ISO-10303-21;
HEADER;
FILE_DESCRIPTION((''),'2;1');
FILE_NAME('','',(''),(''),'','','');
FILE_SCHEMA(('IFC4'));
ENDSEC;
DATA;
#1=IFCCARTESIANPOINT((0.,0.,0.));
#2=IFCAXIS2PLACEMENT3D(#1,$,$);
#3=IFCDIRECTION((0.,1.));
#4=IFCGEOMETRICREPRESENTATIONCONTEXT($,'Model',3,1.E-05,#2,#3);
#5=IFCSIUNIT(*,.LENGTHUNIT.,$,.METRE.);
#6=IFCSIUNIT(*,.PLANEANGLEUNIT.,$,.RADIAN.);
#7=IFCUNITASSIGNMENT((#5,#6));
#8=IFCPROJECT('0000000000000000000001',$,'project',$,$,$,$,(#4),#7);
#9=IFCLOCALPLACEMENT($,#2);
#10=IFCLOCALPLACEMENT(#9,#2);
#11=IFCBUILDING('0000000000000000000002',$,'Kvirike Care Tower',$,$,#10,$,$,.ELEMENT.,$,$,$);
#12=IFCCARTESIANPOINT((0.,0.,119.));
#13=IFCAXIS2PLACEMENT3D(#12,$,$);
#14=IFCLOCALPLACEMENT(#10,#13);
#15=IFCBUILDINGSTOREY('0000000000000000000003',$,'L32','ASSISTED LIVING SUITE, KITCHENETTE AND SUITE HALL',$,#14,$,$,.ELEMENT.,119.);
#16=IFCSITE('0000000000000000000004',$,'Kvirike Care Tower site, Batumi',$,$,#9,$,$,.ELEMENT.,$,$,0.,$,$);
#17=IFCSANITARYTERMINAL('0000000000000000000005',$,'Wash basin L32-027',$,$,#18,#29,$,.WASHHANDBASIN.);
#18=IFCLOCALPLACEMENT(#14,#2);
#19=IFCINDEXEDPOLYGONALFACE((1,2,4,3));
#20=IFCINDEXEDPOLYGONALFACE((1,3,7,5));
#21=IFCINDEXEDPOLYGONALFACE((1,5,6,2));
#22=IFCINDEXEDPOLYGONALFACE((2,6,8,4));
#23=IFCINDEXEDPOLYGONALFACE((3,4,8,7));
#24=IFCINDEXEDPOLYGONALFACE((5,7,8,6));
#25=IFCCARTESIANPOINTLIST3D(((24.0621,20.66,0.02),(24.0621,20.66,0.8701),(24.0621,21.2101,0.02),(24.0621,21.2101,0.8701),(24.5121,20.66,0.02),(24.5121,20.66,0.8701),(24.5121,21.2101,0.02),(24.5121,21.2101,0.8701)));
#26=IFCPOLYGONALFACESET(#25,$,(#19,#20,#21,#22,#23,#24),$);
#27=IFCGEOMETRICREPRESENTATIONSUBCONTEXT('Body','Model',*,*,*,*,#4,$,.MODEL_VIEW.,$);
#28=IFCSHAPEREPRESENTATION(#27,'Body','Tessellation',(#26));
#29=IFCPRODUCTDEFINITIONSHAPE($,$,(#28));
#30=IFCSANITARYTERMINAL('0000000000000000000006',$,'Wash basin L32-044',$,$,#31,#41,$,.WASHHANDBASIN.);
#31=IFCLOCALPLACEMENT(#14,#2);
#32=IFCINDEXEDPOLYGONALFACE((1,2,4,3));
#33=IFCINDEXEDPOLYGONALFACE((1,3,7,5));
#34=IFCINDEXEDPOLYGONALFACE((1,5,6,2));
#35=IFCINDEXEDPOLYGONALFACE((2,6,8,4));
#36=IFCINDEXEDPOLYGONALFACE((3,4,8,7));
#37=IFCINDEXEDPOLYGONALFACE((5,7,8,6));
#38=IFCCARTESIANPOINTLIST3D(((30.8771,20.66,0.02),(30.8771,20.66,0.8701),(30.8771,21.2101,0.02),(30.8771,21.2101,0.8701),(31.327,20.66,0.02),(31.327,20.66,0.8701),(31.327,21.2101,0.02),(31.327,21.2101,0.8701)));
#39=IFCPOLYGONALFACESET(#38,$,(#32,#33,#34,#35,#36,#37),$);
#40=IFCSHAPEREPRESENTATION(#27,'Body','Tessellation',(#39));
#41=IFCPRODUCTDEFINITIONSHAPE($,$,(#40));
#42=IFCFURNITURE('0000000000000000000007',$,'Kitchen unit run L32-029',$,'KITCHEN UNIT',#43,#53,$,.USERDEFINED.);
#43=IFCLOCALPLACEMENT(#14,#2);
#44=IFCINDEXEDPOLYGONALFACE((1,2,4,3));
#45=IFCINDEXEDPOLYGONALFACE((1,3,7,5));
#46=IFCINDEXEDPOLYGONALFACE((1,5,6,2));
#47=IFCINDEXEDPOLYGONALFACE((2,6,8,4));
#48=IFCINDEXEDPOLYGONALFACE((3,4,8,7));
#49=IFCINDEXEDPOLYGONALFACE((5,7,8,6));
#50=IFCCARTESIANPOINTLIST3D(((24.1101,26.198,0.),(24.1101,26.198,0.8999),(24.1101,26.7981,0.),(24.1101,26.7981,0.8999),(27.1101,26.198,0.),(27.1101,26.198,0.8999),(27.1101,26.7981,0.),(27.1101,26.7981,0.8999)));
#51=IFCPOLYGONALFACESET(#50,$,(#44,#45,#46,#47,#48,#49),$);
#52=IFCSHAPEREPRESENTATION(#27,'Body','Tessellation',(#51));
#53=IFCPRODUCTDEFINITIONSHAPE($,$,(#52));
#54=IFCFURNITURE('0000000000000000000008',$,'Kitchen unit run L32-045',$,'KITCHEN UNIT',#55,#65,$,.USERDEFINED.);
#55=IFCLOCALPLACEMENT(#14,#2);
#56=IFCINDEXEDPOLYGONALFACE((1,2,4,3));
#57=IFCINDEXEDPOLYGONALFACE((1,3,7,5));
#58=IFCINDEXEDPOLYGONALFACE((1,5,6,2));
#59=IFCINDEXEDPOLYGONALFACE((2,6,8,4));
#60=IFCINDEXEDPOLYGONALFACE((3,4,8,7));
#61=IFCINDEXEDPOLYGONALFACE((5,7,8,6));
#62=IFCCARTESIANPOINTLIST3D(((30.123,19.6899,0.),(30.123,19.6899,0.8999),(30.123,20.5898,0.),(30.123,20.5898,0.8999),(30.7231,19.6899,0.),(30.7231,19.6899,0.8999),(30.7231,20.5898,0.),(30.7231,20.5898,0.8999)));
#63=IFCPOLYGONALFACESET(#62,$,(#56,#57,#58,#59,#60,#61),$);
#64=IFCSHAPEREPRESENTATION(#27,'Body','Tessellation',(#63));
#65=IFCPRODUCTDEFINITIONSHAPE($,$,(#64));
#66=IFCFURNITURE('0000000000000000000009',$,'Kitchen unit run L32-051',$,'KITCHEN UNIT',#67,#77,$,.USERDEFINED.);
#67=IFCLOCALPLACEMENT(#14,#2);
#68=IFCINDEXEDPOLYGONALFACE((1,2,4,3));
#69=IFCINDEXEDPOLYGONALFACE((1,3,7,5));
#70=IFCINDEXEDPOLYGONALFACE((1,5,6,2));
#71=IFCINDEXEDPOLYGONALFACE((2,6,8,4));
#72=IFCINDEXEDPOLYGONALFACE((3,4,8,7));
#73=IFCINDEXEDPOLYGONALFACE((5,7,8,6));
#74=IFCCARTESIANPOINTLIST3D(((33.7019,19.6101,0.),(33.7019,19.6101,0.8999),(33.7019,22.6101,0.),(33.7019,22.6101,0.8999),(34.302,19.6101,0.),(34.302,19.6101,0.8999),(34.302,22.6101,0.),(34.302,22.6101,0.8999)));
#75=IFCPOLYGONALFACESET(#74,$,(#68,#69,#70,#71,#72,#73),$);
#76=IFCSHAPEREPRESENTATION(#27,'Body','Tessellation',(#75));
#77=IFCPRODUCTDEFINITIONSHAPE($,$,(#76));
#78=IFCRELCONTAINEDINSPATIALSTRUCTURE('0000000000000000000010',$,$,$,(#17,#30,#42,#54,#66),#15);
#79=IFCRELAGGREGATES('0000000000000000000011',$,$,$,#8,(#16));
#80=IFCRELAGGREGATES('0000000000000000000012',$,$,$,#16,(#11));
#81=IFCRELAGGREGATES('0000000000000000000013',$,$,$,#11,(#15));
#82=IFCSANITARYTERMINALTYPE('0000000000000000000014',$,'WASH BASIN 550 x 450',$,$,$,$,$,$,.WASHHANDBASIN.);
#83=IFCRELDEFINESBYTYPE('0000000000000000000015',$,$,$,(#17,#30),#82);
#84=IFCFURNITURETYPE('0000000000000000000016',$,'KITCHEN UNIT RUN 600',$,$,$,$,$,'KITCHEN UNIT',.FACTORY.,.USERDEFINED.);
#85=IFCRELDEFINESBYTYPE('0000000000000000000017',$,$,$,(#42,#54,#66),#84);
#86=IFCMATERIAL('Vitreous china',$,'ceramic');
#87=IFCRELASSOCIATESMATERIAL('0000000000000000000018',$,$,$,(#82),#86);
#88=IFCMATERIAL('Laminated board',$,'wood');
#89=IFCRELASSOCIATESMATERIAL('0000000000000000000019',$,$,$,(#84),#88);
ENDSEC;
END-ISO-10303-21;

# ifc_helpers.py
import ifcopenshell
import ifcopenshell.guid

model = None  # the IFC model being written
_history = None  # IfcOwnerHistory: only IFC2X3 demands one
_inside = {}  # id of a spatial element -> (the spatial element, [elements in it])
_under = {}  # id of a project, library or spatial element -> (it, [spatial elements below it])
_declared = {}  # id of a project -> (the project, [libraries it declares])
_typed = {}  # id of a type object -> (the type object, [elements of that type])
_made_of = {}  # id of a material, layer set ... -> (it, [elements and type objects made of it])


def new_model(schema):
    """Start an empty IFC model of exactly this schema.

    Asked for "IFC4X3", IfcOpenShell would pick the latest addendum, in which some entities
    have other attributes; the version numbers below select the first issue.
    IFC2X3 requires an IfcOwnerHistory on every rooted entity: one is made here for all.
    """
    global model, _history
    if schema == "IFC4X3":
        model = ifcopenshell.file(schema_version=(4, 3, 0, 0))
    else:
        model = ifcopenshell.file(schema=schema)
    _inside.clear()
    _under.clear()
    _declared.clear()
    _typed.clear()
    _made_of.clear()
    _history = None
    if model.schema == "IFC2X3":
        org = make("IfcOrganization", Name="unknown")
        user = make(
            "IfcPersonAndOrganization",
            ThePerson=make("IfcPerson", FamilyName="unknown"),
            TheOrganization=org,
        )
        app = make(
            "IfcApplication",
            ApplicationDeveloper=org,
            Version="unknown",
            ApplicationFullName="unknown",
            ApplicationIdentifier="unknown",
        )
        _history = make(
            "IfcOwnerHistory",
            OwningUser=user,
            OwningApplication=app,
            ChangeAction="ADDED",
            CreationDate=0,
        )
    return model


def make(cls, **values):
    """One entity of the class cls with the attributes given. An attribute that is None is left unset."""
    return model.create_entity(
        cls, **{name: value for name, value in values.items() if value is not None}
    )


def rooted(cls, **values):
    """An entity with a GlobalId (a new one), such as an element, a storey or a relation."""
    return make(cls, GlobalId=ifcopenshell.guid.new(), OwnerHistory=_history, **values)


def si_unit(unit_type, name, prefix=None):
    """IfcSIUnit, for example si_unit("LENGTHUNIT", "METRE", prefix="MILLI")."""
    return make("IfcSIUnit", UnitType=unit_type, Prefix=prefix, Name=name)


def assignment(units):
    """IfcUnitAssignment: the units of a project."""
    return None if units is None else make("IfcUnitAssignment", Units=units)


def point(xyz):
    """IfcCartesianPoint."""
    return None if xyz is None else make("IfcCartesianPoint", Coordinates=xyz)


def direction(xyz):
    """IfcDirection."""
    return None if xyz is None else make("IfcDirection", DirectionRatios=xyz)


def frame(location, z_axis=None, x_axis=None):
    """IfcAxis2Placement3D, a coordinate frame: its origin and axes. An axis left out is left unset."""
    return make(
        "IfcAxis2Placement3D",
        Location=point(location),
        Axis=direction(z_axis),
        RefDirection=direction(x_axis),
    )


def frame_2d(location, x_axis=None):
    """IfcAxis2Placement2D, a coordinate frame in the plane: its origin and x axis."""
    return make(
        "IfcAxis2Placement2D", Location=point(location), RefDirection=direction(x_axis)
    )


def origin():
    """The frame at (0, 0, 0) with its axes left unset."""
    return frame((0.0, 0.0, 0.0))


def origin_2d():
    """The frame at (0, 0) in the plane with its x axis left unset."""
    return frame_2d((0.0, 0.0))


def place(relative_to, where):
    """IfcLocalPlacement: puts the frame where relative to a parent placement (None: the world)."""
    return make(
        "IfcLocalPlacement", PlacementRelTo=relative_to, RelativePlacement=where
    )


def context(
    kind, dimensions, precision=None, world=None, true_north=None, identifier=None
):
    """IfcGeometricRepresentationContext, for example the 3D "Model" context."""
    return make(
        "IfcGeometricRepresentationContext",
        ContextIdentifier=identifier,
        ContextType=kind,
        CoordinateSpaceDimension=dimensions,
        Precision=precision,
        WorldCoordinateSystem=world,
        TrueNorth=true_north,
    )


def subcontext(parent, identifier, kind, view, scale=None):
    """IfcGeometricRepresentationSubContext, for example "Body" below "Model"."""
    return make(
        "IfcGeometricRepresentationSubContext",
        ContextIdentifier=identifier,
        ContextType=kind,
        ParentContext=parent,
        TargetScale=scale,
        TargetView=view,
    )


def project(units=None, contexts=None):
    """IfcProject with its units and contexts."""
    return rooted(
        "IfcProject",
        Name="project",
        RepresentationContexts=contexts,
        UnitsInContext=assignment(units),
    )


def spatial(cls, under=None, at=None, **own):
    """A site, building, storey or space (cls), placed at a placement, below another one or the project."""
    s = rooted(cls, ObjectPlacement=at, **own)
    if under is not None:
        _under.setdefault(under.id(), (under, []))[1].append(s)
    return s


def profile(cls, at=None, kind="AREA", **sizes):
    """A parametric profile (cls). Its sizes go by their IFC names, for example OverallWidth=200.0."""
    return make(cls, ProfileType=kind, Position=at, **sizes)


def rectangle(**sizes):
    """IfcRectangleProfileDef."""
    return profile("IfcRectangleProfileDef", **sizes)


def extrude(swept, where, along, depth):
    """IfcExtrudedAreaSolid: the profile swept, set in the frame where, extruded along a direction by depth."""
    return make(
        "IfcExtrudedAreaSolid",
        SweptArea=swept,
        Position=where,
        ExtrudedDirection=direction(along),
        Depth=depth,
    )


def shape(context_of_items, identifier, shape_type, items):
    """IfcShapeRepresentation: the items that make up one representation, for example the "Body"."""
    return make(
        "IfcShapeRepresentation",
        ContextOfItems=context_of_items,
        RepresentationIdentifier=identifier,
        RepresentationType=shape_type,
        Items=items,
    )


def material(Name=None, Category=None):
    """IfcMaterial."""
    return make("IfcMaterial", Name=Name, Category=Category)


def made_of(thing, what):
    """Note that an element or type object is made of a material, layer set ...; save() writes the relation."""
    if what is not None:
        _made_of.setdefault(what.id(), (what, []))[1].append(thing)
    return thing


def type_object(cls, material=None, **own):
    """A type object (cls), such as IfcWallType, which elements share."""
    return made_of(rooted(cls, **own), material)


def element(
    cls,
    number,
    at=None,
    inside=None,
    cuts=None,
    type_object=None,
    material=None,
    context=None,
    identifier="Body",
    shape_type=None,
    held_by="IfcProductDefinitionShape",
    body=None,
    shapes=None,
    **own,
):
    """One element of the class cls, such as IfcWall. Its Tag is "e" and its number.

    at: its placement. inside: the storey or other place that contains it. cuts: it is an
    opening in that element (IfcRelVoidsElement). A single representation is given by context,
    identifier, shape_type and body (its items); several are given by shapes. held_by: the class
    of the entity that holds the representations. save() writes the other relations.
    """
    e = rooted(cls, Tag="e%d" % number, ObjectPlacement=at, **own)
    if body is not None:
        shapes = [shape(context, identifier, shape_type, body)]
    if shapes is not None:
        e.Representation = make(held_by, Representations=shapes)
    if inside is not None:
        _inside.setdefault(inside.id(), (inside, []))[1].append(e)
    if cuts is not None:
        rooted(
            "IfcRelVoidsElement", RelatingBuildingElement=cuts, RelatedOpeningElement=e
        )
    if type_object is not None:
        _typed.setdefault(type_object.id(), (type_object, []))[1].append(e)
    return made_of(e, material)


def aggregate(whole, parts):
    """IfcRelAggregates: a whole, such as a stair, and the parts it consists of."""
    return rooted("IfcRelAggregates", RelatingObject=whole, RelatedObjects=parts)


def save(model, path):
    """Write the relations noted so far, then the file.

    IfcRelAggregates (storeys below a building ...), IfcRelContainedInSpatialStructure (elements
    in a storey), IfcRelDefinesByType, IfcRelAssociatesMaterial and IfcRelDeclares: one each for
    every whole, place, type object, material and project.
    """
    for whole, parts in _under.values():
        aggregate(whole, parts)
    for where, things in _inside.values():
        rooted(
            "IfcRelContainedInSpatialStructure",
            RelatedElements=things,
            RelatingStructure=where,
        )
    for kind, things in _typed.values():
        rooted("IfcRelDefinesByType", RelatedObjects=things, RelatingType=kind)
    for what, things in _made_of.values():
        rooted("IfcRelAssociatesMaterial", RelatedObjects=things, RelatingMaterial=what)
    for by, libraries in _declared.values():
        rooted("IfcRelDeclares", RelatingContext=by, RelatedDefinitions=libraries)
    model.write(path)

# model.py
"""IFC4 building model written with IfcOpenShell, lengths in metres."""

from ifc_helpers import new_model, si_unit, direction, frame, origin, origin_2d, place, context, subcontext, project, spatial, rectangle, extrude, material, type_object, element, save


model = new_model("IFC4")

# Units and contexts
model_context = context("Model", 3, precision=1e-05, world=origin(), true_north=direction((0.0, 1.0)))
body_context = subcontext(model_context, "Body", "Model", "MODEL_VIEW")
ifc_project = project(units=[si_unit("LENGTHUNIT", "METRE"), si_unit("PLANEANGLEUNIT", "RADIAN")], contexts=[model_context])

# Site, building, storey
site_placement = place(None, origin())
site = spatial("IfcSite", under=ifc_project, at=site_placement, Name="Kvirike Care Tower site, Batumi", CompositionType="ELEMENT", RefElevation=0.0)
building_placement = place(site_placement, origin())
building = spatial("IfcBuilding", under=site, at=building_placement, Name="Kvirike Care Tower", CompositionType="ELEMENT")
storey_placement = place(building_placement, frame((0.0, 0.0, 119.0)))
storey = spatial("IfcBuildingStorey", under=building, at=storey_placement, Name="L32", Description="ASSISTED LIVING SUITE, KITCHENETTE AND SUITE HALL", CompositionType="ELEMENT", Elevation=119.0)

# Sanitary terminals
ifc_material_1 = material(Name="Vitreous china", Category="ceramic")
sanitary_terminal_type_1 = type_object("IfcSanitaryTerminalType", Name="WASH BASIN 550 x 450", PredefinedType="WASHHANDBASIN", material=ifc_material_1)
for number, where, z_axis, x_axis, name in (
    (1, (24.2871, 20.9351, 0.02), (0.0, 0.0, 1.0), (0.0, 1.0, 0.0), "Wash basin L32-027"),
    (2, (31.1021, 20.9351, 0.02), (0.0, 0.0, 1.0), (0.0, 1.0, 0.0), "Wash basin L32-044"),
):
    element("IfcSanitaryTerminal", number, at=place(storey_placement, frame(where, z_axis=z_axis, x_axis=x_axis)), inside=storey, type_object=sanitary_terminal_type_1, Name=name, PredefinedType="WASHHANDBASIN", context=body_context, shape_type="SweptSolid", body=[
        extrude(rectangle(XDim=0.55, YDim=0.45, at=origin_2d()), origin(), (0.0, 0.0, 1.0), 0.8501),
    ])

# Furniture
ifc_material_2 = material(Name="Laminated board", Category="wood")
furniture_type = type_object("IfcFurnitureType", Name="KITCHEN UNIT RUN 600", ElementType="KITCHEN UNIT", AssemblyPlace="FACTORY", PredefinedType="USERDEFINED", material=ifc_material_2)
furniture_1_placement = place(storey_placement, frame((25.6101, 26.498, 0.0), z_axis=(0.0, 0.0, 1.0), x_axis=(1.0, 0.0, 0.0)))
element("IfcFurniture", 3, at=furniture_1_placement, inside=storey, type_object=furniture_type, Name="Kitchen unit run L32-029", ObjectType="KITCHEN UNIT", PredefinedType="USERDEFINED", context=body_context, shape_type="SweptSolid", body=[
    extrude(rectangle(XDim=3.0, YDim=0.6001, at=origin_2d()), origin(), (0.0, 0.0, 1.0), 0.8999),
])
furniture_2_placement = place(storey_placement, frame((30.4231, 20.1399, 0.0), z_axis=(0.0, 0.0, 1.0), x_axis=(0.0, -1.0, 0.0)))
element("IfcFurniture", 4, at=furniture_2_placement, inside=storey, type_object=furniture_type, Name="Kitchen unit run L32-045", ObjectType="KITCHEN UNIT", PredefinedType="USERDEFINED", context=body_context, shape_type="SweptSolid", body=[
    extrude(rectangle(XDim=0.8999, YDim=0.6001, at=origin_2d()), origin(), (0.0, 0.0, 1.0), 0.8999),
])
furniture_3_placement = place(storey_placement, frame((34.002, 21.1101, 0.0), z_axis=(0.0, 0.0, 1.0), x_axis=(0.0, 1.0, 0.0)))
element("IfcFurniture", 5, at=furniture_3_placement, inside=storey, type_object=furniture_type, Name="Kitchen unit run L32-051", ObjectType="KITCHEN UNIT", PredefinedType="USERDEFINED", context=body_context, shape_type="SweptSolid", body=[
    extrude(rectangle(XDim=3.0, YDim=0.6001, at=origin_2d()), origin(), (0.0, 0.0, 1.0), 0.8999),
])

save(model, "model.ifc")
